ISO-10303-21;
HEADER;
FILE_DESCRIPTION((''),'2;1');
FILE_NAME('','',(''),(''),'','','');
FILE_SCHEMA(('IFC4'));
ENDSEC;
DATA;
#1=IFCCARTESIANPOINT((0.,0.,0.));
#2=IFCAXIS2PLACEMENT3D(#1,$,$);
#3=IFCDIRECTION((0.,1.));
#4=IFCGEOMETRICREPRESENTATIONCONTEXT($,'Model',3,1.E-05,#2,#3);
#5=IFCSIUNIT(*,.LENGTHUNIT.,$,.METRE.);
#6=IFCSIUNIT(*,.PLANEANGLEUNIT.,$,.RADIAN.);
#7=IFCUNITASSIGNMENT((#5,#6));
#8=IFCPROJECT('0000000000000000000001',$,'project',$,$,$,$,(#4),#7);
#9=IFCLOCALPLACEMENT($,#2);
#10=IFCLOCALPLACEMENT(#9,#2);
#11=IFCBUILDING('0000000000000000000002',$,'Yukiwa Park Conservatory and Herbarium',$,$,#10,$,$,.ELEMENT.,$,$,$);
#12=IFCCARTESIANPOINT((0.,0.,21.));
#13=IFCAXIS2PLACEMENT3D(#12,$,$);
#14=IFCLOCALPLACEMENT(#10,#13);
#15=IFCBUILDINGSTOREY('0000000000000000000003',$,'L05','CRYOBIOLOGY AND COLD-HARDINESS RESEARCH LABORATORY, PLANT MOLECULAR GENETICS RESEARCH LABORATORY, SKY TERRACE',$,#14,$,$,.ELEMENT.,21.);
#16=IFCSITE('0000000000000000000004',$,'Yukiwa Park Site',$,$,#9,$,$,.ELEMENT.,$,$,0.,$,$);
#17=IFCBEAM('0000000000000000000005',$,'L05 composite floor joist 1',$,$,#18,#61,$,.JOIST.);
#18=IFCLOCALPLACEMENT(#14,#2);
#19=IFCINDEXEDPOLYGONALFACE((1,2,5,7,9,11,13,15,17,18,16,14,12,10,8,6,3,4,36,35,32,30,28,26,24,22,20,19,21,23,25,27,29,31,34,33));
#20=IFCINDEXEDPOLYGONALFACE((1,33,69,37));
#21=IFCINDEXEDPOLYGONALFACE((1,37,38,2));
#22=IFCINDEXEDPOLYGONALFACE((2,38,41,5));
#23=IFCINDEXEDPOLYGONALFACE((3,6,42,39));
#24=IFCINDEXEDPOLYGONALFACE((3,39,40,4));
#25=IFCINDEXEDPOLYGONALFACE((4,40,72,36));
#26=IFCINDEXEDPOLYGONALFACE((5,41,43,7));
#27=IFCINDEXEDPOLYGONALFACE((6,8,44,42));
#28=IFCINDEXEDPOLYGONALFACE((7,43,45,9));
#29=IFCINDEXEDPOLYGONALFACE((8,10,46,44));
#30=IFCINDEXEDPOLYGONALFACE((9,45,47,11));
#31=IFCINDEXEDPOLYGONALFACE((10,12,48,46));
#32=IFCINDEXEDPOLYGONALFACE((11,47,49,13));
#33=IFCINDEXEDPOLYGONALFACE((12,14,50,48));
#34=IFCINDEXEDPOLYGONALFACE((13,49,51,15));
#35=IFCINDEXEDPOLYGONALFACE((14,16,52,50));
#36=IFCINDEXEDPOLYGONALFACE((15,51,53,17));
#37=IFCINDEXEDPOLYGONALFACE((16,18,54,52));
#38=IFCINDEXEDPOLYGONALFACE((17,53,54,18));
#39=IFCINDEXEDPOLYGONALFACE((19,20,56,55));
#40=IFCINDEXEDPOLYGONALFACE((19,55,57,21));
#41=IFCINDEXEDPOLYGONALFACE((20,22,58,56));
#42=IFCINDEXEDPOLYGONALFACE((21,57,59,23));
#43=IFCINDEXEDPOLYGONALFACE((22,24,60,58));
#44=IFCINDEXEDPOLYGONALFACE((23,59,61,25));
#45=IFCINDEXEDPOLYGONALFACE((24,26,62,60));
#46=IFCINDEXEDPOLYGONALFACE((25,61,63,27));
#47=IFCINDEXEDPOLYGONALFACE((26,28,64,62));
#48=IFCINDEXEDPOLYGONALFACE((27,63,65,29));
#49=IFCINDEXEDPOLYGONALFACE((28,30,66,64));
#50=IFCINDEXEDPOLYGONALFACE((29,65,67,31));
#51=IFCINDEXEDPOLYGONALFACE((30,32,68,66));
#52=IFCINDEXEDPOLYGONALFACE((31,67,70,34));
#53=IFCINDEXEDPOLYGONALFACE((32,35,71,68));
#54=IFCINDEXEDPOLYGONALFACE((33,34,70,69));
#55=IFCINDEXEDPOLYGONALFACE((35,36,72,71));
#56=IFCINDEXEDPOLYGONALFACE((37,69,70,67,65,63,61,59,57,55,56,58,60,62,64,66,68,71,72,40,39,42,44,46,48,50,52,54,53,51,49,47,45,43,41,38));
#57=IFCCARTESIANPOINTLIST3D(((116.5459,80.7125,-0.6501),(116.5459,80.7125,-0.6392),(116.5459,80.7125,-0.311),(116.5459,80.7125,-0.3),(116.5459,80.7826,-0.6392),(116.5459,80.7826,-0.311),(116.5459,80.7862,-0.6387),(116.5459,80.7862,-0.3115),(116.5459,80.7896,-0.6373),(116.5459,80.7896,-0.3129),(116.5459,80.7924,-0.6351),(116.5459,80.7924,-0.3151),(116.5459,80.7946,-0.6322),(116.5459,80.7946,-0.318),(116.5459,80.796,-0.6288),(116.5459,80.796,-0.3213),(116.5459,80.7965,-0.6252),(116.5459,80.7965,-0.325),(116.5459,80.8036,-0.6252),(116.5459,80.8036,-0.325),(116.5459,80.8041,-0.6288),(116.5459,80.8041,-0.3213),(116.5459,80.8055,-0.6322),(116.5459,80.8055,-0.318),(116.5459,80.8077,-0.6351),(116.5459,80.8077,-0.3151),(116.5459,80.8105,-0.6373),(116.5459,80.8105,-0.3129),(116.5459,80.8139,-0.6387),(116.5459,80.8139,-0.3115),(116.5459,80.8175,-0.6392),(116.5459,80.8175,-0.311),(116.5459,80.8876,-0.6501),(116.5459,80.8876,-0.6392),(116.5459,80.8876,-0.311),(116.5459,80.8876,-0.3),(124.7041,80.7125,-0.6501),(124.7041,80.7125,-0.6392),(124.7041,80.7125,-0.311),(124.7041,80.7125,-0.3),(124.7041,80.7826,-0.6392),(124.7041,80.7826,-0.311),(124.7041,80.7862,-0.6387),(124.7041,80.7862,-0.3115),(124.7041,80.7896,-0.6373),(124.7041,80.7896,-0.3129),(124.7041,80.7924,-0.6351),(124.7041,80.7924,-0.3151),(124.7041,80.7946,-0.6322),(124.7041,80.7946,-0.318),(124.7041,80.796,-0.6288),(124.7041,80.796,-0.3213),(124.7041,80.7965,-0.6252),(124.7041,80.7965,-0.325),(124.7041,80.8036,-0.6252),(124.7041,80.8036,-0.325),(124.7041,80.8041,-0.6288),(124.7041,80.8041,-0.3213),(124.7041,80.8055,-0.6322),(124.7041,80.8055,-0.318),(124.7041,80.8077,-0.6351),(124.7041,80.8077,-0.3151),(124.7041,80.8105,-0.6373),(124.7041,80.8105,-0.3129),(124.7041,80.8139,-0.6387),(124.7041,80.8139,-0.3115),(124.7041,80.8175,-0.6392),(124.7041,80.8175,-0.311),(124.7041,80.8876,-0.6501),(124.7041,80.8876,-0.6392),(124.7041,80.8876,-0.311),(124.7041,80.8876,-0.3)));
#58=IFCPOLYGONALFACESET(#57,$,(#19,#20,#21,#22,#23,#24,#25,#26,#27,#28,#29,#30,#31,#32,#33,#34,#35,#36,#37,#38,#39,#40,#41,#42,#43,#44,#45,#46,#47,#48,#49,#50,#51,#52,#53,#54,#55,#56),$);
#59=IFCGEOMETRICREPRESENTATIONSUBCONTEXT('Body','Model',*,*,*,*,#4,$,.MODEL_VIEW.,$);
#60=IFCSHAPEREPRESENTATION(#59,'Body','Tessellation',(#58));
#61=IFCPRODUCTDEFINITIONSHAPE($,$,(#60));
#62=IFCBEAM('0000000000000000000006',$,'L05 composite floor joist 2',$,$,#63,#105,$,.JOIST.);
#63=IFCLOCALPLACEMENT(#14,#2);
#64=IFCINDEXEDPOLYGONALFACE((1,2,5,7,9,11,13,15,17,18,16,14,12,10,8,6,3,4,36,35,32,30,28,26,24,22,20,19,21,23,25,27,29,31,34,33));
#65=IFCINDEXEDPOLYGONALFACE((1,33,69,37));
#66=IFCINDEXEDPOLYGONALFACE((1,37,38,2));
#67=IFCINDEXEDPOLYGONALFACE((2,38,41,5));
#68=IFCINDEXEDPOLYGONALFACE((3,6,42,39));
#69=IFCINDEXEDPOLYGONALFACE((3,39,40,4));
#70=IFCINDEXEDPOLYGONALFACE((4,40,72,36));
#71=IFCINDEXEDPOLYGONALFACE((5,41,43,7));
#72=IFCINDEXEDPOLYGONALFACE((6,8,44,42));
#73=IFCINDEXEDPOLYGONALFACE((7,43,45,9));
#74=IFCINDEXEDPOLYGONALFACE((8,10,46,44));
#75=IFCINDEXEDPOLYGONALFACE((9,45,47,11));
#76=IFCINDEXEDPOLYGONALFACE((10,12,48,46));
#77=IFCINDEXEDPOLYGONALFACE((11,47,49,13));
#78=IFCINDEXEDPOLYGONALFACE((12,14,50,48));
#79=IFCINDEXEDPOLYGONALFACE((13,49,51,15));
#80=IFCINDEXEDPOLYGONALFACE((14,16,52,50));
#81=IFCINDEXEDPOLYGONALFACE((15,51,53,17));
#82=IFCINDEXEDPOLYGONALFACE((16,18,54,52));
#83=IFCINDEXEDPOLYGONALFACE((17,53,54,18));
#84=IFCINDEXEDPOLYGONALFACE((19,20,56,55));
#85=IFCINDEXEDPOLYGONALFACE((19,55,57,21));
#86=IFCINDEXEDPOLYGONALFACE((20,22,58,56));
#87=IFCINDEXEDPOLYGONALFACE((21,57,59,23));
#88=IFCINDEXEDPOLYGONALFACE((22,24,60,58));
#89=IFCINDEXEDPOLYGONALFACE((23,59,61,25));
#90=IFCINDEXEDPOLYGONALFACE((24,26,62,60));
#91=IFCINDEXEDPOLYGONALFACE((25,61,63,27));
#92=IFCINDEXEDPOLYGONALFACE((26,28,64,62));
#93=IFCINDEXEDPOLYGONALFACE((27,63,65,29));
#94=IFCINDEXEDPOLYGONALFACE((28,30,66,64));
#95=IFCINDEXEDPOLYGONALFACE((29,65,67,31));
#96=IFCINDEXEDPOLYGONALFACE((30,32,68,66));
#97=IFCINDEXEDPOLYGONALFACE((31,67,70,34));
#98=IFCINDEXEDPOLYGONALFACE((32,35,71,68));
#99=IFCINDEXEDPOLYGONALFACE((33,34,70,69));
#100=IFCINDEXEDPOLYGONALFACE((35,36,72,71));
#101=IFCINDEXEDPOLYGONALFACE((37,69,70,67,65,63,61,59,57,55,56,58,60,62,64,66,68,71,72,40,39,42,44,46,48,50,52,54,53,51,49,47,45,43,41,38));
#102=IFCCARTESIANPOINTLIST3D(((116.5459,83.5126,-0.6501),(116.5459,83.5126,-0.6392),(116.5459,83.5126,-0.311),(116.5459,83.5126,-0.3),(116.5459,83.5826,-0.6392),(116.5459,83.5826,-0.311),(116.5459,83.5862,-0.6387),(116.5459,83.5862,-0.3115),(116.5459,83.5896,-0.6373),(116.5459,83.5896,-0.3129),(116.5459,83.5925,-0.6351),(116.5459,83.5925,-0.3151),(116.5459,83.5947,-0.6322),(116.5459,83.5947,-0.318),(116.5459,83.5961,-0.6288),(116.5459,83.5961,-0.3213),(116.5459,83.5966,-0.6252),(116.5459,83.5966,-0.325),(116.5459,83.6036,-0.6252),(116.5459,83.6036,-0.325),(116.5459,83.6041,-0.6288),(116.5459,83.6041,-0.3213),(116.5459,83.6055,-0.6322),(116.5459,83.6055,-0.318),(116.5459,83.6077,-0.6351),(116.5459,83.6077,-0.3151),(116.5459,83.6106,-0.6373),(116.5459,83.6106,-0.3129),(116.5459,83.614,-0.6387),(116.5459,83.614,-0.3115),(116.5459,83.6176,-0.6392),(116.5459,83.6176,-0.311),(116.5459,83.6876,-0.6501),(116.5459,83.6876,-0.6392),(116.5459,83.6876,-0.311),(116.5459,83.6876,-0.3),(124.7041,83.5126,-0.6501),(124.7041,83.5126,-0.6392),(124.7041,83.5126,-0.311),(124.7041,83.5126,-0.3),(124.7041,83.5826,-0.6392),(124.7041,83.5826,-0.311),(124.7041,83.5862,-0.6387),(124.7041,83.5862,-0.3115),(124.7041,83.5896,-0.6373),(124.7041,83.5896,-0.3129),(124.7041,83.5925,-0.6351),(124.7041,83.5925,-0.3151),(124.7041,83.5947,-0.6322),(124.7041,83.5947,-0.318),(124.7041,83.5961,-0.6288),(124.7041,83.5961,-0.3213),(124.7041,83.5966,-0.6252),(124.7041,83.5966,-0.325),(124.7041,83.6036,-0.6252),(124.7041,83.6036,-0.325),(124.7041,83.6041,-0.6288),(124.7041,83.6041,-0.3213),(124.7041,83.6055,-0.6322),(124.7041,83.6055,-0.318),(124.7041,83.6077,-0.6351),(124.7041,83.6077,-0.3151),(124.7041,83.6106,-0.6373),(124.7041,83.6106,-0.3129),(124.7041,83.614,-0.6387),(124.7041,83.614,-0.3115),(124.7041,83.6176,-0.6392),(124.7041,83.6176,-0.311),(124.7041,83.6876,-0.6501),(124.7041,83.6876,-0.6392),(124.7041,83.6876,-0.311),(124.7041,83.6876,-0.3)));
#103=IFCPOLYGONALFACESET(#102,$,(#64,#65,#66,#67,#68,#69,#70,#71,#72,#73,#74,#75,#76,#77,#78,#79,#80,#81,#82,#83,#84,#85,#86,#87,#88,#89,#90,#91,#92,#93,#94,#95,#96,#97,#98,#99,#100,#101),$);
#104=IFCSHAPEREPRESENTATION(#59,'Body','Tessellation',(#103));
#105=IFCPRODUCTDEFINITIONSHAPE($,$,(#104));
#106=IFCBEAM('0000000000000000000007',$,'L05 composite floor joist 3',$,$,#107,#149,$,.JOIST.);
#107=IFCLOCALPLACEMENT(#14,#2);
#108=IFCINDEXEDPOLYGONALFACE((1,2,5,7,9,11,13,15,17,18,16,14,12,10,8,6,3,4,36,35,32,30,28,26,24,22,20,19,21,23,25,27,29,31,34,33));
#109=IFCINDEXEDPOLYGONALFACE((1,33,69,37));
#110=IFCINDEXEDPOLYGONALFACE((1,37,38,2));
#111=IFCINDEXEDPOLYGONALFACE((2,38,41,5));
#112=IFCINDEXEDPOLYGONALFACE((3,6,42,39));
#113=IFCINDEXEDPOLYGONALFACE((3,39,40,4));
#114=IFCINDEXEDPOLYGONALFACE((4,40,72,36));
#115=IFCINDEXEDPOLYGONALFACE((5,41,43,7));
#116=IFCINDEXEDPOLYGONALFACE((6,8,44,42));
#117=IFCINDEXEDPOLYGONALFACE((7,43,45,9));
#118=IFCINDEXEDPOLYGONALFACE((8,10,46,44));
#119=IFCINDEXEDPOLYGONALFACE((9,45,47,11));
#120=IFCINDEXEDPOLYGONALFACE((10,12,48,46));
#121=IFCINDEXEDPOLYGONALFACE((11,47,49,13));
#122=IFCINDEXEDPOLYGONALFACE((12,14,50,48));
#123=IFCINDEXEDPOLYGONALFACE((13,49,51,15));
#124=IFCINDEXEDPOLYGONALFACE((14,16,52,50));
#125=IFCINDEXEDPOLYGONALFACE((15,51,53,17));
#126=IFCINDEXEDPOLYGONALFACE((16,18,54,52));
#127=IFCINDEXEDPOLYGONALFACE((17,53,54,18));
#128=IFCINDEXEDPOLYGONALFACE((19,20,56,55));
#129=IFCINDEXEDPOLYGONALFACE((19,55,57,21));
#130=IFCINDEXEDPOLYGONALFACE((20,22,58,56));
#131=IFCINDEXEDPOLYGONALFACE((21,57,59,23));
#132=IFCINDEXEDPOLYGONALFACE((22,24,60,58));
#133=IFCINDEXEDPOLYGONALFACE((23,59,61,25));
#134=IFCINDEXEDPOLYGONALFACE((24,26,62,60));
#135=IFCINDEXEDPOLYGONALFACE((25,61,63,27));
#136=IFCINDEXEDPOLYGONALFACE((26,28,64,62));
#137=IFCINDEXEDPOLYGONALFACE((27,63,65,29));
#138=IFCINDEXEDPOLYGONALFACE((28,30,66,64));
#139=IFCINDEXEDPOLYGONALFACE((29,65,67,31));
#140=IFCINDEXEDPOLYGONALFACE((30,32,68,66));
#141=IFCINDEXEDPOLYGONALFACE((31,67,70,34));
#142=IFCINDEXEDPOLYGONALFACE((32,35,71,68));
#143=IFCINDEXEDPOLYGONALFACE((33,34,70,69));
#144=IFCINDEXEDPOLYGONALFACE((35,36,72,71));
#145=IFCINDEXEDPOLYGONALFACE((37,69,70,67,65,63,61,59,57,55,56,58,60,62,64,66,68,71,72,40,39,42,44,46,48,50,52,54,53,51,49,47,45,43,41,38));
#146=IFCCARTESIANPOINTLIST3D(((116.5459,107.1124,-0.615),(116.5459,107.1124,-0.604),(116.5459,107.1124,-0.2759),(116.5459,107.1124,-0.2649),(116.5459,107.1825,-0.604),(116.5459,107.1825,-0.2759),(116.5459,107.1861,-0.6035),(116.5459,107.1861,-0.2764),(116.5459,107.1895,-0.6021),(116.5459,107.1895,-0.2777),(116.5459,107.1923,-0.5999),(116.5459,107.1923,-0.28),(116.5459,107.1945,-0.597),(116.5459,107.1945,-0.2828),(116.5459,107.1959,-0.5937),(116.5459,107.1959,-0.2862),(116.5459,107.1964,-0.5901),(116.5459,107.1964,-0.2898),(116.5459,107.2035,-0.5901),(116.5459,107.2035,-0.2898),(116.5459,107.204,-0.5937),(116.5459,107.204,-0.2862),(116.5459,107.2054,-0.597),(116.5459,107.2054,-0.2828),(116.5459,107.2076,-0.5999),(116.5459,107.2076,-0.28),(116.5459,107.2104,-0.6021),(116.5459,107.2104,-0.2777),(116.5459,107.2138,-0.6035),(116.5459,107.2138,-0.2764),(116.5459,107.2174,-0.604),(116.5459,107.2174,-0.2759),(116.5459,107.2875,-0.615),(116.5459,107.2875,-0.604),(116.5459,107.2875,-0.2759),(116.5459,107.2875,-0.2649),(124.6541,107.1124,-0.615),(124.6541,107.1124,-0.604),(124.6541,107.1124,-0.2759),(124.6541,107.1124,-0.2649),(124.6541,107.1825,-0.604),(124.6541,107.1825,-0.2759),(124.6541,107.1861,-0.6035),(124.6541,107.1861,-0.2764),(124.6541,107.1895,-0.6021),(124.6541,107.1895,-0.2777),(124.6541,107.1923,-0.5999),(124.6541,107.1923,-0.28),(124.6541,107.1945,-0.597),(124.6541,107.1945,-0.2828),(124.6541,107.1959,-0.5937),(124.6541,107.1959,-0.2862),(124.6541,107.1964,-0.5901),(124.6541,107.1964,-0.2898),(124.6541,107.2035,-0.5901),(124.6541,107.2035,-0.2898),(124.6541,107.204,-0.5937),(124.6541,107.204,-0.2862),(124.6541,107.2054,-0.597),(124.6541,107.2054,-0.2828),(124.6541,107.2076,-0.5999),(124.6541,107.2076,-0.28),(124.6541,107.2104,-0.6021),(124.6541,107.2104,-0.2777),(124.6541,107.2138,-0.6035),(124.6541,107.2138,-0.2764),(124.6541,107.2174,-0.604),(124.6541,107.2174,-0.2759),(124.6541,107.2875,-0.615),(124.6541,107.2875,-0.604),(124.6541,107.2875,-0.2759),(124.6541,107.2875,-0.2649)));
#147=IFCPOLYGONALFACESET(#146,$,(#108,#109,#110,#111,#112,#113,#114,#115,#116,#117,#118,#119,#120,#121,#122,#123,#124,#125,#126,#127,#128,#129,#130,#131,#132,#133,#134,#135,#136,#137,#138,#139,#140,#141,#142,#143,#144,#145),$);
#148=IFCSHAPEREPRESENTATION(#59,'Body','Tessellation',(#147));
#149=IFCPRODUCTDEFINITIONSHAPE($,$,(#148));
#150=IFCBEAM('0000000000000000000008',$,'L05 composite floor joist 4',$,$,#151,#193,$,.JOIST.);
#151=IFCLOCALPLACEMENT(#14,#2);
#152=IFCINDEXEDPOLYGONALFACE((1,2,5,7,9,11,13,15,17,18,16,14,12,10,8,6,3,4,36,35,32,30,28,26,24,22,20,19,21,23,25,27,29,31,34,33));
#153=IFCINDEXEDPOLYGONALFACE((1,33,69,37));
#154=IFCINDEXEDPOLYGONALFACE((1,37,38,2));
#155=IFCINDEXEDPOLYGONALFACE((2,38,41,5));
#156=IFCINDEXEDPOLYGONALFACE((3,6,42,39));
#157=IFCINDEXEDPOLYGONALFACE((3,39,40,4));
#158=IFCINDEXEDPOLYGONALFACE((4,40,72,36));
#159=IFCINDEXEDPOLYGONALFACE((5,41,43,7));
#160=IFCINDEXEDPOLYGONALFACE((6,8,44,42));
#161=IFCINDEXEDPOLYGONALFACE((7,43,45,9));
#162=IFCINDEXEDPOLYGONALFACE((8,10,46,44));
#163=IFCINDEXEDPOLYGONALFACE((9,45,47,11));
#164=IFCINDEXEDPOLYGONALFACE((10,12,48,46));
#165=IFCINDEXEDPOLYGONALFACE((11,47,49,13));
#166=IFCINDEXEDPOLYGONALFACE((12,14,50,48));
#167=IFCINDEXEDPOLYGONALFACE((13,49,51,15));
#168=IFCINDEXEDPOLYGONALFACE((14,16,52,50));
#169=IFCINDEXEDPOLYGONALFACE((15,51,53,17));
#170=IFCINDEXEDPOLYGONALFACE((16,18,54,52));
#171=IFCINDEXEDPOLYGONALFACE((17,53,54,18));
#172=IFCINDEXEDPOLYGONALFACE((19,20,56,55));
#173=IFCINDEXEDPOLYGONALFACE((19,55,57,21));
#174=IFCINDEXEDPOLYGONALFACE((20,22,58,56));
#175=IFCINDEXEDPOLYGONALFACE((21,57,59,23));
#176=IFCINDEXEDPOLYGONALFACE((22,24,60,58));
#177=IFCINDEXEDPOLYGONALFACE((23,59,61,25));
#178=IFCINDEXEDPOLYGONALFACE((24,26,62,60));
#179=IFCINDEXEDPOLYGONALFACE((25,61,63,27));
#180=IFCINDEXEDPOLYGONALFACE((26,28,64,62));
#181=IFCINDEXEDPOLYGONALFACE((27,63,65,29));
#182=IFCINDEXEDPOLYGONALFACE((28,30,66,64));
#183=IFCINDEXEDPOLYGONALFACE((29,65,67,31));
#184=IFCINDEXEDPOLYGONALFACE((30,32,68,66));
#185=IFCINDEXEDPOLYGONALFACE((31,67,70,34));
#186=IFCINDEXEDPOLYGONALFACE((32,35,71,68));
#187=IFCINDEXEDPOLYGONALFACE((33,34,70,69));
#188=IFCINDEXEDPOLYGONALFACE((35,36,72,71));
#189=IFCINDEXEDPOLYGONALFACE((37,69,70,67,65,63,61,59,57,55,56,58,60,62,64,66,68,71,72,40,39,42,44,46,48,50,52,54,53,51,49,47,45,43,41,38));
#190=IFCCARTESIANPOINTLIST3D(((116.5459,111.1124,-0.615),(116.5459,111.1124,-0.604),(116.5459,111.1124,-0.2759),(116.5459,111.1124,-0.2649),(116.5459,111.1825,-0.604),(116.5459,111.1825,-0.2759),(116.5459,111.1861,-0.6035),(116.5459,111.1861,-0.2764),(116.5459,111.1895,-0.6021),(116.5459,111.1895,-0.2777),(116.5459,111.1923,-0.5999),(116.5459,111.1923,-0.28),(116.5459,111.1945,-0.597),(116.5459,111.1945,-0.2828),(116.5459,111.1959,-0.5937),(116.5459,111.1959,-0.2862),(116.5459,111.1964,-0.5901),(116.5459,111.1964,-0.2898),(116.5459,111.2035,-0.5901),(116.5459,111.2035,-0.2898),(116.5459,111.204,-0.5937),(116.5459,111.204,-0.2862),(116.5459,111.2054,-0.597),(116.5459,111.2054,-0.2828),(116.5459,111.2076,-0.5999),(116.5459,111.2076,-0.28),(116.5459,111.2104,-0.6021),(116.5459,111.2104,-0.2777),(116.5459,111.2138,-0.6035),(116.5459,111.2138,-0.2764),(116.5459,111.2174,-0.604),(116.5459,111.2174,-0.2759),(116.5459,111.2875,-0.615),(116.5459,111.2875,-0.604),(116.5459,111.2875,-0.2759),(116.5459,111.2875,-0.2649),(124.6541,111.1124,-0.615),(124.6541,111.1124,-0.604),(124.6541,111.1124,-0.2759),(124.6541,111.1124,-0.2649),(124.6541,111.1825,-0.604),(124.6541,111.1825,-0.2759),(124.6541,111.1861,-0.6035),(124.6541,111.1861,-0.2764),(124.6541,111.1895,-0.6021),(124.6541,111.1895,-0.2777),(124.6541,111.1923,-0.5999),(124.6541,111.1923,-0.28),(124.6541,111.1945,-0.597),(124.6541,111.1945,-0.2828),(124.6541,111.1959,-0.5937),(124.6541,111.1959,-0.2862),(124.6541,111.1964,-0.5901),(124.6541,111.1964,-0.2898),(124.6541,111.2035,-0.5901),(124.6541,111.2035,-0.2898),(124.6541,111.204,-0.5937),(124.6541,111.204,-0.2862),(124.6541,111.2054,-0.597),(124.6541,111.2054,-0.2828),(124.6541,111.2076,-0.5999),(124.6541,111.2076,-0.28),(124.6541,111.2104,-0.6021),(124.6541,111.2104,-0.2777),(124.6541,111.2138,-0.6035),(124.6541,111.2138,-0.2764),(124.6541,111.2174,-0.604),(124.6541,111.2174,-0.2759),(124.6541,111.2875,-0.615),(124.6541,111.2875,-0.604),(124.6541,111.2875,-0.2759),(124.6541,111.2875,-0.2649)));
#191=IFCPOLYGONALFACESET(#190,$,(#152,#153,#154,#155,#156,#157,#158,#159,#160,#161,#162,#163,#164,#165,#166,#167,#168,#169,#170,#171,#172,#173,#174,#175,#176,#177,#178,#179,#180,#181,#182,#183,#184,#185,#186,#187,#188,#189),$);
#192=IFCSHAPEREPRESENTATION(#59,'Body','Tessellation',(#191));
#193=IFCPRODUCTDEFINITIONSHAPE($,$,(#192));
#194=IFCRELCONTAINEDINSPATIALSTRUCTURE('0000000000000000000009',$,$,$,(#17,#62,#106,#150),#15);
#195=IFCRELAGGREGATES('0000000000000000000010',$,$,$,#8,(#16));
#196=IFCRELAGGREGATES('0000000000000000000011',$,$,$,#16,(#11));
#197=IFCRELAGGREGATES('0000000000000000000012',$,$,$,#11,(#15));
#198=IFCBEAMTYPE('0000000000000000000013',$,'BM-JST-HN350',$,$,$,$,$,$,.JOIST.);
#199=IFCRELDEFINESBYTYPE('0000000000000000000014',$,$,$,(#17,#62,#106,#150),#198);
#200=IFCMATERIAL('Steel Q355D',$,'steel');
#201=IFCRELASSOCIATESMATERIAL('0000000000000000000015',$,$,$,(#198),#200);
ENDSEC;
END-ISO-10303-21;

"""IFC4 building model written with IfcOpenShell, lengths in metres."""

from ifc_helpers import new_model, si_unit, direction, frame, origin, origin_2d, place, context, subcontext, project, spatial, i_section, extrude, material, material_profile, profile_set, type_object, element, save


model = new_model("IFC4")

# Units and contexts
model_context = context("Model", 3, precision=1e-05, world=origin(), true_north=direction((0.0, 1.0)))
body_context = subcontext(model_context, "Body", "Model", "MODEL_VIEW")
ifc_project = project(units=[si_unit("LENGTHUNIT", "METRE"), si_unit("PLANEANGLEUNIT", "RADIAN")], contexts=[model_context])

# Site, building, storey
site_placement = place(None, origin())
site = spatial("IfcSite", under=ifc_project, at=site_placement, Name="Yukiwa Park Site", CompositionType="ELEMENT", RefElevation=0.0)
building_placement = place(site_placement, origin())
building = spatial("IfcBuilding", under=site, at=building_placement, Name="Yukiwa Park Conservatory and Herbarium", CompositionType="ELEMENT")
storey_placement = place(building_placement, frame((0.0, 0.0, 21.0)))
storey = spatial("IfcBuildingStorey", under=building, at=storey_placement, Name="L05", Description="CRYOBIOLOGY AND COLD-HARDINESS RESEARCH LABORATORY, PLANT MOLECULAR GENETICS RESEARCH LABORATORY, SKY TERRACE", CompositionType="ELEMENT", Elevation=21.0)

# Beams
ifc_material_1 = material(Name="Steel Q355D", Category="steel")
ifc_material_profile_1 = material_profile(ifc_material_1, i_section(OverallWidth=0.175, OverallDepth=0.3501, WebThickness=0.0071, FlangeThickness=0.011, FilletRadius=0.0139, at=origin_2d()), Name="HN 350x175x7x11")
ifc_profile_set_1 = profile_set([ifc_material_profile_1], Name="Steel Q355D")
beam_type_1 = type_object("IfcBeamType", Name="BM-JST-HN350", PredefinedType="JOIST", material=ifc_profile_set_1)
for number, where, z_axis, x_axis, name in (
    (1, (116.5459, 80.8, -0.4751), (1.0, 0.0, 0.0), (0.0, 1.0, 0.0), "L05 composite floor joist 1"),
    (2, (116.5459, 83.6001, -0.4751), (1.0, 0.0, 0.0), (0.0, 1.0, 0.0), "L05 composite floor joist 2"),
):
    element("IfcBeam", number, at=place(storey_placement, frame(where, z_axis=z_axis, x_axis=x_axis)), inside=storey, type_object=beam_type_1, Name=name, PredefinedType="JOIST", context=body_context, shape_type="SweptSolid", body=[
        extrude(i_section(OverallWidth=0.175, OverallDepth=0.3501, WebThickness=0.0071, FlangeThickness=0.011, FilletRadius=0.0139, at=origin_2d()), origin(), (0.0, 0.0, 1.0), 8.1582),
    ])
for number, where, z_axis, x_axis, name in (
    (3, (116.5459, 107.2, -0.4399), (1.0, 0.0, 0.0), (0.0, 1.0, 0.0), "L05 composite floor joist 3"),
    (4, (116.5459, 111.2, -0.4399), (1.0, 0.0, 0.0), (0.0, 1.0, 0.0), "L05 composite floor joist 4"),
):
    element("IfcBeam", number, at=place(storey_placement, frame(where, z_axis=z_axis, x_axis=x_axis)), inside=storey, type_object=beam_type_1, Name=name, PredefinedType="JOIST", context=body_context, shape_type="SweptSolid", body=[
        extrude(i_section(OverallWidth=0.175, OverallDepth=0.3501, WebThickness=0.0071, FlangeThickness=0.011, FilletRadius=0.0139, at=origin_2d()), origin(), (0.0, 0.0, 1.0), 8.1082),
    ])

save(model, "model.ifc")
